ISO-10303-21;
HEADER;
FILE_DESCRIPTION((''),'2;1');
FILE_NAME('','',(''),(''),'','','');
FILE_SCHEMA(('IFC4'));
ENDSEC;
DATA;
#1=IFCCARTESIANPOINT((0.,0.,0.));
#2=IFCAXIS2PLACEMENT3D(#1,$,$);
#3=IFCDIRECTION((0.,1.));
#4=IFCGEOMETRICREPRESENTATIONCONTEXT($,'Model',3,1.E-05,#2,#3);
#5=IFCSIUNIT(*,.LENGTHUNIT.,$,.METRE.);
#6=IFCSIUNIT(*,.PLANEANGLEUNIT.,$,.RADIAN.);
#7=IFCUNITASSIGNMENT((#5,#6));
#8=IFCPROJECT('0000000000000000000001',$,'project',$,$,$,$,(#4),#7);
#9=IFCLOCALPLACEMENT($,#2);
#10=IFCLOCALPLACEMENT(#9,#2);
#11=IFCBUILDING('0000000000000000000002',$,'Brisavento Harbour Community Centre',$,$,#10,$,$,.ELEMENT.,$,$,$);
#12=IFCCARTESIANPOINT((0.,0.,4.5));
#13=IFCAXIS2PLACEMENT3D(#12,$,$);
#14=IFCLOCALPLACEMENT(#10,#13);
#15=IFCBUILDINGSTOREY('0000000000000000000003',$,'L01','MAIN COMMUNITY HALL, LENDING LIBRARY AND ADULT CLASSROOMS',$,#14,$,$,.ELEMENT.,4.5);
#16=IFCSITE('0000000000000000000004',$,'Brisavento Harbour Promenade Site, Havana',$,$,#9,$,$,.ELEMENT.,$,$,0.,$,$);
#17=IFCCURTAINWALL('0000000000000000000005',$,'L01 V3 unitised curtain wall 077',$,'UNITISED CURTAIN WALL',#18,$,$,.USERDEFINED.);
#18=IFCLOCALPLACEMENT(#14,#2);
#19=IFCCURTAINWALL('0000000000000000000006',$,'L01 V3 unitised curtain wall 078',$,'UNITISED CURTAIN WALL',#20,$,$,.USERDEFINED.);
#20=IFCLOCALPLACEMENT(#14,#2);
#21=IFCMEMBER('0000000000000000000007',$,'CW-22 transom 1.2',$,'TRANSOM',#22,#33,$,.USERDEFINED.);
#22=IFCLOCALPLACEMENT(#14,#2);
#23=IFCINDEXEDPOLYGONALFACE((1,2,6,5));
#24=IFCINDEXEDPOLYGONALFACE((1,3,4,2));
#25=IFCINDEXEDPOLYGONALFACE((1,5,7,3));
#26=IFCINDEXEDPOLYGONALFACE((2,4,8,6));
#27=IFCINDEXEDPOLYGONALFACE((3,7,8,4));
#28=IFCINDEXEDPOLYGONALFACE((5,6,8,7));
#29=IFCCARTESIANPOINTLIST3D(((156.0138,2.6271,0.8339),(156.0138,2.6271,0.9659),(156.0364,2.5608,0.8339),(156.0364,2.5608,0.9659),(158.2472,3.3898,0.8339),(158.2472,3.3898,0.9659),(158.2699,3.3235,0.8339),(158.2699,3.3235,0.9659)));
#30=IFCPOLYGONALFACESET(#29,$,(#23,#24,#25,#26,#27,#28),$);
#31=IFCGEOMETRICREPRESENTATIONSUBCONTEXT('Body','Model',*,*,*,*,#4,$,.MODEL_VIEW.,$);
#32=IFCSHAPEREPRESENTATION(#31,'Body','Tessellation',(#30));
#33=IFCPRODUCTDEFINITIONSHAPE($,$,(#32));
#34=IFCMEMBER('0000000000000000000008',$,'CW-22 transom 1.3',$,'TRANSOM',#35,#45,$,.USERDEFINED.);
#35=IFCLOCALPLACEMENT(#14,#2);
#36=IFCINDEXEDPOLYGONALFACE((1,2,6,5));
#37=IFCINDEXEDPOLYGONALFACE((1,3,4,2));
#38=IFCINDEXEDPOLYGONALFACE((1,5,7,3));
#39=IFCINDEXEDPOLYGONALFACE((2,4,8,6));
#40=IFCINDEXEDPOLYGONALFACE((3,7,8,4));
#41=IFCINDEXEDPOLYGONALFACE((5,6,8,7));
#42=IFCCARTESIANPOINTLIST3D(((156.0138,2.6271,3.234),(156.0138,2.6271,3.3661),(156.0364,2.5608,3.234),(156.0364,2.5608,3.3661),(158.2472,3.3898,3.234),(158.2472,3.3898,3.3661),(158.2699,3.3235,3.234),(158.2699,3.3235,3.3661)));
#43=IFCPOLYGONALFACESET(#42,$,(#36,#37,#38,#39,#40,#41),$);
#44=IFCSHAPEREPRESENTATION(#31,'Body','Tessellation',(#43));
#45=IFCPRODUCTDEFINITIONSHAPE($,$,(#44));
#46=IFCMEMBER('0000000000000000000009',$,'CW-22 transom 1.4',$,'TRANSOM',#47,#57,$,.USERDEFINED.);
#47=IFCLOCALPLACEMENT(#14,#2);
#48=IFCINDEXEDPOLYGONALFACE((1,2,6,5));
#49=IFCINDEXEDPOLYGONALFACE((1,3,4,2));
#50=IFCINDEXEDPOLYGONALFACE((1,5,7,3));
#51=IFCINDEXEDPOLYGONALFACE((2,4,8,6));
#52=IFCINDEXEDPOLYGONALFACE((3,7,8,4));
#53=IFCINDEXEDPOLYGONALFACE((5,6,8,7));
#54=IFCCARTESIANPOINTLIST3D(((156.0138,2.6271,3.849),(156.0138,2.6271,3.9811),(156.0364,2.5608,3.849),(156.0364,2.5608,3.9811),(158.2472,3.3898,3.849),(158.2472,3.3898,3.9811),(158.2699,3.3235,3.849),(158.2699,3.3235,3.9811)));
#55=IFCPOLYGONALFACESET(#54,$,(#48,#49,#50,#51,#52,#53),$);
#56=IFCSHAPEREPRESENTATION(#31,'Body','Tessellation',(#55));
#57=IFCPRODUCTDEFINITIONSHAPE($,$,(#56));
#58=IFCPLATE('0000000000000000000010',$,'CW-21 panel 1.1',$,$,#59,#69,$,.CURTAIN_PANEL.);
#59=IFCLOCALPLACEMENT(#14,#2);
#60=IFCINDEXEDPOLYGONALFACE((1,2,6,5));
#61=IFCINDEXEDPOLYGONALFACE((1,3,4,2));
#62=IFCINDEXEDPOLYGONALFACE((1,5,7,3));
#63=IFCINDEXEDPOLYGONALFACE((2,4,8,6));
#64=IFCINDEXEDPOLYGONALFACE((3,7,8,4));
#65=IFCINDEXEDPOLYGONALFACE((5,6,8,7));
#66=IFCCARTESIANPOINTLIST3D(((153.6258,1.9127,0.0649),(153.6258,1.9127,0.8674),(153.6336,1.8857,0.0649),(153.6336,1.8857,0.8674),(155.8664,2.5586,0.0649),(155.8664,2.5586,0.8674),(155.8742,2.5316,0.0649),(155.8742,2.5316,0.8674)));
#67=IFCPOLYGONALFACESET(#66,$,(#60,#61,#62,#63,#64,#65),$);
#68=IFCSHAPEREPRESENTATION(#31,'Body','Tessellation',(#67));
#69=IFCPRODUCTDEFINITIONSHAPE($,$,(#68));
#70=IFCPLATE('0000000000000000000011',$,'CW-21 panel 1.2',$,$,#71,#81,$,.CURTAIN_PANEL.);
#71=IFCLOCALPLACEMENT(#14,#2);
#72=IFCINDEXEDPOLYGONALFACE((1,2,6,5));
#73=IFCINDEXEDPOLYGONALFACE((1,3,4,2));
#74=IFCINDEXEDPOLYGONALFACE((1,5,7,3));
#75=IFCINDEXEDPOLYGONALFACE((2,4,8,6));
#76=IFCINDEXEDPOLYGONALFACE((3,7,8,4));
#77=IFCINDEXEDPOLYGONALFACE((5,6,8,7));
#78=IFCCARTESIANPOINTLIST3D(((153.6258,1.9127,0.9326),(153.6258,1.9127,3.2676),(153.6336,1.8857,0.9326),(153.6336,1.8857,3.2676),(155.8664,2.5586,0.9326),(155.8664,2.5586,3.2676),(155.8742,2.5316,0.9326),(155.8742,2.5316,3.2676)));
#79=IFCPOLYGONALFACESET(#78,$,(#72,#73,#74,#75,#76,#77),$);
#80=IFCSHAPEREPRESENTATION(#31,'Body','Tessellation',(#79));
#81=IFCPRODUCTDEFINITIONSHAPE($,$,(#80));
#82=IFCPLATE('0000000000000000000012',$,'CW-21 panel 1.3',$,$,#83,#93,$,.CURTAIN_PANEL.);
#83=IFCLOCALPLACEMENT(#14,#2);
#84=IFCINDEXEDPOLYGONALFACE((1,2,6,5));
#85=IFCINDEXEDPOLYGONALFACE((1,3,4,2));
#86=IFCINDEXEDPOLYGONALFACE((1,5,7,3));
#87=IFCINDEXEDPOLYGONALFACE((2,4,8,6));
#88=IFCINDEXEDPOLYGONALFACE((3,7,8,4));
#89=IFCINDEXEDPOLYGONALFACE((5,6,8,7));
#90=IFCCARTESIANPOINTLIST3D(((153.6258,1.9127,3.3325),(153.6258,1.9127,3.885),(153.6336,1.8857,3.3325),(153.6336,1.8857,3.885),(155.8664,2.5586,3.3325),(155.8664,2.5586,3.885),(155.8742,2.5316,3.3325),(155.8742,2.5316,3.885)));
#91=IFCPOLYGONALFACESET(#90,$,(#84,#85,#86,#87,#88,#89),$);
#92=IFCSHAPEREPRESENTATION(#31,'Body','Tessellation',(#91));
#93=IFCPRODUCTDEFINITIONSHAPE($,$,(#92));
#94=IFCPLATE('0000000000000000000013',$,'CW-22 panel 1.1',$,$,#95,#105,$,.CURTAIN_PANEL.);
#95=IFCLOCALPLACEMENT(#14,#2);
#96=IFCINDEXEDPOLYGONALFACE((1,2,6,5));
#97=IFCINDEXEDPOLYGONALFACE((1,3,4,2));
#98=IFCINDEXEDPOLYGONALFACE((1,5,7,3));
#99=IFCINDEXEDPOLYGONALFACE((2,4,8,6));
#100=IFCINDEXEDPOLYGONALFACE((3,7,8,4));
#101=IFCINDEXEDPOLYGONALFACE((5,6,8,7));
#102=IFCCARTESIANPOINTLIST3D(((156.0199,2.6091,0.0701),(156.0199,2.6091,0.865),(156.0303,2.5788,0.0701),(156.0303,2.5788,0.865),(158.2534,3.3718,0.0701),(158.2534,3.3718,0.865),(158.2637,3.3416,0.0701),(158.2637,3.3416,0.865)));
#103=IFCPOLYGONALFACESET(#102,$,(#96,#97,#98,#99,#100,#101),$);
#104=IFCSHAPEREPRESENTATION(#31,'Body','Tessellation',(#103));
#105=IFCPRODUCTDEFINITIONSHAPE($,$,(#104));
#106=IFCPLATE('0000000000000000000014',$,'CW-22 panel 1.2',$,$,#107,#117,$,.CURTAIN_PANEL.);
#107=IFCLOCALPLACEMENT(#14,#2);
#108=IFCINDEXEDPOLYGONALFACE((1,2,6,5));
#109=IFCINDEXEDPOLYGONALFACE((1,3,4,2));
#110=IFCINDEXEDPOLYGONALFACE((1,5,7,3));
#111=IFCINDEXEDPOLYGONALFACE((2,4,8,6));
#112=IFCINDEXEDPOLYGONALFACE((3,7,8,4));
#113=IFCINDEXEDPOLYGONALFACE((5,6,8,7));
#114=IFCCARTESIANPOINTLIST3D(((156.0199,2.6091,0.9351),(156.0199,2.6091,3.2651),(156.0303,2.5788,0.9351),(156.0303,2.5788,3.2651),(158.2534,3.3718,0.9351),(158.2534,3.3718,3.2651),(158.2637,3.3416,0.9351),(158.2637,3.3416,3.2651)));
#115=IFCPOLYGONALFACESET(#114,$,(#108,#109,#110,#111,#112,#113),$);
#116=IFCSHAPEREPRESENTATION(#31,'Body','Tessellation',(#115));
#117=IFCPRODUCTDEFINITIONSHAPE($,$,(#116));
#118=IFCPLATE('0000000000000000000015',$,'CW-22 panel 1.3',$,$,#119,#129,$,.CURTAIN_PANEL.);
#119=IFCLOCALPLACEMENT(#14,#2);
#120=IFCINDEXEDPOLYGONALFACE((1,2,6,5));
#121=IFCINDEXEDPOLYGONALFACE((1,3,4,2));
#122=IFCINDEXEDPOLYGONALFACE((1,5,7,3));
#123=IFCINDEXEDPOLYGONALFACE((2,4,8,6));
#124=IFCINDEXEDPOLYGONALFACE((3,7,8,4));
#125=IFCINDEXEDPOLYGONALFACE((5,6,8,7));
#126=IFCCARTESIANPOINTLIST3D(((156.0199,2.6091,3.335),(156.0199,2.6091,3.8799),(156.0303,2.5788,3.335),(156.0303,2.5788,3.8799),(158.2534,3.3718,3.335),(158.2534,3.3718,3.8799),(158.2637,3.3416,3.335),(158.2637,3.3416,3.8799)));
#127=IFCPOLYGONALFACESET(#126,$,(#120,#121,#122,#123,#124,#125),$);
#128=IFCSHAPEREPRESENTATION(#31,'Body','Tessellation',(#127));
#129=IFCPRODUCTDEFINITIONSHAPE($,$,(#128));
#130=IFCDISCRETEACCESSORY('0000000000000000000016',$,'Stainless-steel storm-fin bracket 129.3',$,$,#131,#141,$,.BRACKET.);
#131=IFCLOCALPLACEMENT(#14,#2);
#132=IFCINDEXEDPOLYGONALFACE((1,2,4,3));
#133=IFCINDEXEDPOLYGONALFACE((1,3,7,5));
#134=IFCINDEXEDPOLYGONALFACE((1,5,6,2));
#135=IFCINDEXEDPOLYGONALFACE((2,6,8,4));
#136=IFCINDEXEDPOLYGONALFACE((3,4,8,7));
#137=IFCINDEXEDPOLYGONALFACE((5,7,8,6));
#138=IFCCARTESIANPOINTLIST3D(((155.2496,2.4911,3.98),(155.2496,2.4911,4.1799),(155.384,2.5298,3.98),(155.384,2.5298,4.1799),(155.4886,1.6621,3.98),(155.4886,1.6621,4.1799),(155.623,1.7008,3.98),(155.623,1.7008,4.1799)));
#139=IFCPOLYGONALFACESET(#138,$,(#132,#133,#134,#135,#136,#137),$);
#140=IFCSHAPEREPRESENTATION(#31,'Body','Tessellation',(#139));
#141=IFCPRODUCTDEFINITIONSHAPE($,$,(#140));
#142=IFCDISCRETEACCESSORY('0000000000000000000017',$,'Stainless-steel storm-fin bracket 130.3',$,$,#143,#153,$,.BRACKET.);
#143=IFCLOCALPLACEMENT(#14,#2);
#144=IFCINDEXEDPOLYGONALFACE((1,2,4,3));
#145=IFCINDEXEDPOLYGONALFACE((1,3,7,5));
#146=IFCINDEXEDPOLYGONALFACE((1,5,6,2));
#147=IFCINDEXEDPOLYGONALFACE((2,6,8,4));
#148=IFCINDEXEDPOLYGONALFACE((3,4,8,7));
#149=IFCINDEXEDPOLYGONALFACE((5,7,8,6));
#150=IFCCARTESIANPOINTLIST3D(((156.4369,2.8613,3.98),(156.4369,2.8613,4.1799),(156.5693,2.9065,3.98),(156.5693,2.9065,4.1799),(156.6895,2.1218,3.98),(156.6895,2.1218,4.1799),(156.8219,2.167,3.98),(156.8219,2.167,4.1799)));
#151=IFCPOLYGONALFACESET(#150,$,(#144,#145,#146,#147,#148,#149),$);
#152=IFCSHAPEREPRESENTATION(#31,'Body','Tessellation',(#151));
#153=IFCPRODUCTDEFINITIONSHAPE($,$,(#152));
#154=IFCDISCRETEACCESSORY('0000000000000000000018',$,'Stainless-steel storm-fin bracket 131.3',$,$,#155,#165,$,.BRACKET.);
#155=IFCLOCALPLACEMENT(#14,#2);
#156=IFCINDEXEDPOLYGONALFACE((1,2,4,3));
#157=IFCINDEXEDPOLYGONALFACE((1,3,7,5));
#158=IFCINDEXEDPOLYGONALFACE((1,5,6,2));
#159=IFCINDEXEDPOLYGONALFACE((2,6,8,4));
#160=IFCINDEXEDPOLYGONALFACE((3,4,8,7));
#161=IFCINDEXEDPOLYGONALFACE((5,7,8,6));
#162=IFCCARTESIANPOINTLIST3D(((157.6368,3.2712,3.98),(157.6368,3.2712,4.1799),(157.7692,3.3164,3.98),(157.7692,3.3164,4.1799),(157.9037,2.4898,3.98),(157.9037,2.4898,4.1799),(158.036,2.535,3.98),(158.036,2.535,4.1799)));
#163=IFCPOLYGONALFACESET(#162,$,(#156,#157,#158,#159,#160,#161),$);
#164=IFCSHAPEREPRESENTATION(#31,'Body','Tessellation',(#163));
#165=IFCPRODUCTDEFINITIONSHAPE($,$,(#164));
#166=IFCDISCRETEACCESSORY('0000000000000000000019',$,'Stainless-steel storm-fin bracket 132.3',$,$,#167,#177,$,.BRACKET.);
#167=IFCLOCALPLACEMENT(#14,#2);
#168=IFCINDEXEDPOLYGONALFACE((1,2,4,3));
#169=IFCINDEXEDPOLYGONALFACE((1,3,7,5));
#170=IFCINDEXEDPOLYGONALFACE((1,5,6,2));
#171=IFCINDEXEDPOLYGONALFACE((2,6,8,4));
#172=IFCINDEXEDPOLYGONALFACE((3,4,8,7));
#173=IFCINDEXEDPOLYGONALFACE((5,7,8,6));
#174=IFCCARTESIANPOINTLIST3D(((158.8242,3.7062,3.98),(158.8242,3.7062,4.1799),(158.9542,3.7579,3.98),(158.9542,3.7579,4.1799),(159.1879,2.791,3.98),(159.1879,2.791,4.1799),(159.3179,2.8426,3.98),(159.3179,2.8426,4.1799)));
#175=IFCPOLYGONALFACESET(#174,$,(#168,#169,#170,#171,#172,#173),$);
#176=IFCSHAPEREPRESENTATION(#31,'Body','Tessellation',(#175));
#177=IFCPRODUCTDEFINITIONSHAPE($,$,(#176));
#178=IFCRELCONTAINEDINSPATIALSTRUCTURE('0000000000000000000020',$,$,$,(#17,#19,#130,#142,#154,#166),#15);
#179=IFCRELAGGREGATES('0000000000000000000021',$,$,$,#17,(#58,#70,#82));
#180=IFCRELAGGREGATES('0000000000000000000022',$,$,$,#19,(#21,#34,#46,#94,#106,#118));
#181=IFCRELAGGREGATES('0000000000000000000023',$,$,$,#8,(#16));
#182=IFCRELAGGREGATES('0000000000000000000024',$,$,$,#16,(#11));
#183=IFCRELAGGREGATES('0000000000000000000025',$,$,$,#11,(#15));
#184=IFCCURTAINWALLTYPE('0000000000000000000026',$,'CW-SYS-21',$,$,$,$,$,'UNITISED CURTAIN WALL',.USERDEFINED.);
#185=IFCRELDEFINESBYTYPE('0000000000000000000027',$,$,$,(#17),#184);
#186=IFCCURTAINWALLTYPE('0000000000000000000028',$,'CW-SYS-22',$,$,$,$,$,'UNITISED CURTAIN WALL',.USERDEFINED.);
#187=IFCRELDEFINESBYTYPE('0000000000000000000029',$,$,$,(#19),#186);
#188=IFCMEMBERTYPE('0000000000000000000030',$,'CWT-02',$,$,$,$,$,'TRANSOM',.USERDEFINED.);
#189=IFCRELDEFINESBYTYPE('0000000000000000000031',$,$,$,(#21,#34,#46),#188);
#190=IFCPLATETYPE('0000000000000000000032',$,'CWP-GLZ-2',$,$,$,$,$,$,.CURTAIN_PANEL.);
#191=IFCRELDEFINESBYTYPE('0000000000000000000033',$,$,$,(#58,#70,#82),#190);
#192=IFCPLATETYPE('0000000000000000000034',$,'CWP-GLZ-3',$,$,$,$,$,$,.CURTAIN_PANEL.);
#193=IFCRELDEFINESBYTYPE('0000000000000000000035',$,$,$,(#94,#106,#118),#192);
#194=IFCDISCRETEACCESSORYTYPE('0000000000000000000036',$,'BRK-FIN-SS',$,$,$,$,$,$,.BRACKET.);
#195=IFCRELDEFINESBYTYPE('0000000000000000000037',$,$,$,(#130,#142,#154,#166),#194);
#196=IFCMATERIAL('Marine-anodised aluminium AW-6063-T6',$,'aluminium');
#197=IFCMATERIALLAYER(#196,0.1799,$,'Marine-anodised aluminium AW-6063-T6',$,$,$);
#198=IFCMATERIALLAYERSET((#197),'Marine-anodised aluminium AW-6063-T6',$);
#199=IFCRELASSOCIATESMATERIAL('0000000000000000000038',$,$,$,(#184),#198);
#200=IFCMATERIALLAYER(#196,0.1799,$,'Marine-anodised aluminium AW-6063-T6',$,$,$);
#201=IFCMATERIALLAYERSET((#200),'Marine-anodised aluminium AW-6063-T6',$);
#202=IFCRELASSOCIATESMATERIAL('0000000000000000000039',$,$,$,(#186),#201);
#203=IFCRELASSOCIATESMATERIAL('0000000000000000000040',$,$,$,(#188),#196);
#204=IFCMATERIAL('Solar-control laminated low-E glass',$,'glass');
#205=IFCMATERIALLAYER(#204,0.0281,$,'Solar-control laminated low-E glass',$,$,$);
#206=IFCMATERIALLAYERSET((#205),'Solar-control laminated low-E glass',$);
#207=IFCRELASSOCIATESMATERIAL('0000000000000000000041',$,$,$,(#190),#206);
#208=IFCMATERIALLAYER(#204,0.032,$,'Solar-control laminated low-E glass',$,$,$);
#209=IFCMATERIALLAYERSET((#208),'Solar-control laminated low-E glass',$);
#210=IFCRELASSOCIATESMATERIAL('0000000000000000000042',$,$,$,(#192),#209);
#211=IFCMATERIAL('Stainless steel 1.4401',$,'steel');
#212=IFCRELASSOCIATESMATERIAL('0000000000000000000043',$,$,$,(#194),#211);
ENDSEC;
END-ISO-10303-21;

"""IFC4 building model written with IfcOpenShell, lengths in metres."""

from ifc_helpers import new_model, si_unit, direction, frame, origin, origin_2d, place, context, subcontext, project, spatial, rectangle, extrude, material, layer, layer_set, material_profile, profile_set, type_object, element, aggregate, save


model = new_model("IFC4")

# Units and contexts
model_context = context("Model", 3, precision=1e-05, world=origin(), true_north=direction((0.0, 1.0)))
body_context = subcontext(model_context, "Body", "Model", "MODEL_VIEW")
ifc_project = project(units=[si_unit("LENGTHUNIT", "METRE"), si_unit("PLANEANGLEUNIT", "RADIAN")], contexts=[model_context])

# Site, building, storey
site_placement = place(None, origin())
site = spatial("IfcSite", under=ifc_project, at=site_placement, Name="Brisavento Harbour Promenade Site, Havana", CompositionType="ELEMENT", RefElevation=0.0)
building_placement = place(site_placement, origin())
building = spatial("IfcBuilding", under=site, at=building_placement, Name="Brisavento Harbour Community Centre", CompositionType="ELEMENT")
storey_placement = place(building_placement, frame((0.0, 0.0, 4.5)))
storey = spatial("IfcBuildingStorey", under=building, at=storey_placement, Name="L01", Description="MAIN COMMUNITY HALL, LENDING LIBRARY AND ADULT CLASSROOMS", CompositionType="ELEMENT", Elevation=4.5)

# Curtain wall
ifc_material_1 = material(Name="Marine-anodised aluminium AW-6063-T6", Category="aluminium")
ifc_layer_1 = layer(ifc_material_1, 0.1799, Name="Marine-anodised aluminium AW-6063-T6")
ifc_layer_set_1 = layer_set([ifc_layer_1], Name="Marine-anodised aluminium AW-6063-T6")
curtain_wall_type_1 = type_object("IfcCurtainWallType", Name="CW-SYS-21", ElementType="UNITISED CURTAIN WALL", PredefinedType="USERDEFINED", material=ifc_layer_set_1)
curtain_wall_1_placement = place(storey_placement, origin())
curtain_wall_1 = element("IfcCurtainWall", 1, at=curtain_wall_1_placement, inside=storey, type_object=curtain_wall_type_1, Name="L01 V3 unitised curtain wall 077", ObjectType="UNITISED CURTAIN WALL", PredefinedType="USERDEFINED")

# Curtain wall
ifc_layer_2 = layer(ifc_material_1, 0.1799, Name="Marine-anodised aluminium AW-6063-T6")
ifc_layer_set_2 = layer_set([ifc_layer_2], Name="Marine-anodised aluminium AW-6063-T6")
curtain_wall_type_2 = type_object("IfcCurtainWallType", Name="CW-SYS-22", ElementType="UNITISED CURTAIN WALL", PredefinedType="USERDEFINED", material=ifc_layer_set_2)
curtain_wall_2_placement = place(storey_placement, origin())
curtain_wall_2 = element("IfcCurtainWall", 2, at=curtain_wall_2_placement, inside=storey, type_object=curtain_wall_type_2, Name="L01 V3 unitised curtain wall 078", ObjectType="UNITISED CURTAIN WALL", PredefinedType="USERDEFINED")

# Members
ifc_material_profile_1 = material_profile(ifc_material_1, rectangle(XDim=0.0701, YDim=0.1321, at=origin_2d()), Name="Marine-anodised aluminium AW-6063-T6")
ifc_profile_set_1 = profile_set([ifc_material_profile_1], Name="Marine-anodised aluminium AW-6063-T6")
member_type_1 = type_object("IfcMemberType", Name="CWT-02", ElementType="TRANSOM", PredefinedType="USERDEFINED", material=ifc_profile_set_1)
member_1_placement = place(storey_placement, frame((158.2585, 3.3567, 0.8999), z_axis=(-0.946341, -0.323171, 0.0), x_axis=(0.323171, -0.946341, 0.0)))
member_1 = element("IfcMember", 3, at=member_1_placement, type_object=member_type_1, Name="CW-22 transom 1.2", ObjectType="TRANSOM", PredefinedType="USERDEFINED", context=body_context, shape_type="SweptSolid", body=[
    extrude(rectangle(XDim=0.0701, YDim=0.1321, at=origin_2d()), origin(), (0.0, 0.0, 1.0), 2.3601),
])
member_2_placement = place(storey_placement, frame((158.2585, 3.3567, 3.3), z_axis=(-0.946341, -0.323171, 0.0), x_axis=(0.323171, -0.946341, 0.0)))
member_2 = element("IfcMember", 4, at=member_2_placement, type_object=member_type_1, Name="CW-22 transom 1.3", ObjectType="TRANSOM", PredefinedType="USERDEFINED", context=body_context, shape_type="SweptSolid", body=[
    extrude(rectangle(XDim=0.0701, YDim=0.1321, at=origin_2d()), origin(), (0.0, 0.0, 1.0), 2.3601),
])
member_3_placement = place(storey_placement, frame((158.2585, 3.3567, 3.915), z_axis=(-0.946341, -0.323171, 0.0), x_axis=(0.323171, -0.946341, 0.0)))
member_3 = element("IfcMember", 5, at=member_3_placement, type_object=member_type_1, Name="CW-22 transom 1.4", ObjectType="TRANSOM", PredefinedType="USERDEFINED", context=body_context, shape_type="SweptSolid", body=[
    extrude(rectangle(XDim=0.0701, YDim=0.1321, at=origin_2d()), origin(), (0.0, 0.0, 1.0), 2.3601),
])

# Plates
ifc_material_2 = material(Name="Solar-control laminated low-E glass", Category="glass")
ifc_layer_3 = layer(ifc_material_2, 0.0281, Name="Solar-control laminated low-E glass")
ifc_layer_set_3 = layer_set([ifc_layer_3], Name="Solar-control laminated low-E glass")
plate_type_1 = type_object("IfcPlateType", Name="CWP-GLZ-2", PredefinedType="CURTAIN_PANEL", material=ifc_layer_set_3)
plate_1_placement = place(storey_placement, frame((154.75, 2.2222, 0.0649), z_axis=(0.0, 0.0, 1.0), x_axis=(-0.96087, -0.277001, 0.0)))
plate_1 = element("IfcPlate", 6, at=plate_1_placement, type_object=plate_type_1, Name="CW-21 panel 1.1", PredefinedType="CURTAIN_PANEL", context=body_context, shape_type="SweptSolid", body=[
    extrude(rectangle(XDim=2.3318, YDim=0.0281, at=origin_2d()), origin(), (0.0, 0.0, 1.0), 0.8025),
])
plate_2_placement = place(storey_placement, frame((154.75, 2.2222, 0.9326), z_axis=(0.0, 0.0, 1.0), x_axis=(-0.96087, -0.277001, 0.0)))
plate_2 = element("IfcPlate", 7, at=plate_2_placement, type_object=plate_type_1, Name="CW-21 panel 1.2", PredefinedType="CURTAIN_PANEL", context=body_context, shape_type="SweptSolid", body=[
    extrude(rectangle(XDim=2.3318, YDim=0.0281, at=origin_2d()), origin(), (0.0, 0.0, 1.0), 2.335),
])
plate_3_placement = place(storey_placement, frame((154.75, 2.2222, 3.3325), z_axis=(0.0, 0.0, 1.0), x_axis=(-0.96087, -0.277001, 0.0)))
plate_3 = element("IfcPlate", 8, at=plate_3_placement, type_object=plate_type_1, Name="CW-21 panel 1.3", PredefinedType="CURTAIN_PANEL", context=body_context, shape_type="SweptSolid", body=[
    extrude(rectangle(XDim=2.3318, YDim=0.0281, at=origin_2d()), origin(), (0.0, 0.0, 1.0), 0.5525),
])
aggregate(curtain_wall_1, [plate_1, plate_2, plate_3])
ifc_layer_4 = layer(ifc_material_2, 0.032, Name="Solar-control laminated low-E glass")
ifc_layer_set_4 = layer_set([ifc_layer_4], Name="Solar-control laminated low-E glass")
plate_type_2 = type_object("IfcPlateType", Name="CWP-GLZ-3", PredefinedType="CURTAIN_PANEL", material=ifc_layer_set_4)
plate_4_placement = place(storey_placement, frame((157.1418, 2.9753, 0.0701), z_axis=(0.0, 0.0, 1.0), x_axis=(-0.946338, -0.323179, 0.0)))
plate_4 = element("IfcPlate", 9, at=plate_4_placement, type_object=plate_type_2, Name="CW-22 panel 1.1", PredefinedType="CURTAIN_PANEL", context=body_context, shape_type="SweptSolid", body=[
    extrude(rectangle(XDim=2.3601, YDim=0.032, at=origin_2d()), origin(), (0.0, 0.0, 1.0), 0.7949),
])
plate_5_placement = place(storey_placement, frame((157.1418, 2.9753, 0.9351), z_axis=(0.0, 0.0, 1.0), x_axis=(-0.946338, -0.323179, 0.0)))
plate_5 = element("IfcPlate", 10, at=plate_5_placement, type_object=plate_type_2, Name="CW-22 panel 1.2", PredefinedType="CURTAIN_PANEL", context=body_context, shape_type="SweptSolid", body=[
    extrude(rectangle(XDim=2.3601, YDim=0.032, at=origin_2d()), origin(), (0.0, 0.0, 1.0), 2.3301),
])
plate_6_placement = place(storey_placement, frame((157.1418, 2.9753, 3.335), z_axis=(0.0, 0.0, 1.0), x_axis=(-0.946338, -0.323179, 0.0)))
plate_6 = element("IfcPlate", 11, at=plate_6_placement, type_object=plate_type_2, Name="CW-22 panel 1.3", PredefinedType="CURTAIN_PANEL", context=body_context, shape_type="SweptSolid", body=[
    extrude(rectangle(XDim=2.3601, YDim=0.032, at=origin_2d()), origin(), (0.0, 0.0, 1.0), 0.5449),
])
aggregate(curtain_wall_2, [member_1, member_2, member_3, plate_4, plate_5, plate_6])

# Discrete accessories
ifc_material_3 = material(Name="Stainless steel 1.4401", Category="steel")
discrete_accessory_type = type_object("IfcDiscreteAccessoryType", Name="BRK-FIN-SS", PredefinedType="BRACKET", material=ifc_material_3)
discrete_accessory_1_placement = place(storey_placement, frame((155.4363, 2.0959, 3.98), z_axis=(0.0, 0.0, 1.0), x_axis=(0.276996, -0.960871, 0.0)))
element("IfcDiscreteAccessory", 12, at=discrete_accessory_1_placement, inside=storey, type_object=discrete_accessory_type, Name="Stainless-steel storm-fin bracket 129.3", PredefinedType="BRACKET", context=body_context, shape_type="SweptSolid", body=[
    extrude(rectangle(XDim=0.8628, YDim=0.1399, at=origin_2d()), origin(), (0.0, 0.0, 1.0), 0.2),
])
discrete_accessory_2_placement = place(storey_placement, frame((156.6294, 2.5142, 3.98), z_axis=(0.0, 0.0, 1.0), x_axis=(0.323174, -0.946339, 0.0)))
element("IfcDiscreteAccessory", 13, at=discrete_accessory_2_placement, inside=storey, type_object=discrete_accessory_type, Name="Stainless-steel storm-fin bracket 130.3", PredefinedType="BRACKET", context=body_context, shape_type="SweptSolid", body=[
    extrude(rectangle(XDim=0.7815, YDim=0.1399, at=origin_2d()), origin(), (0.0, 0.0, 1.0), 0.2),
])
discrete_accessory_3_placement = place(storey_placement, frame((157.8364, 2.9031, 3.98), z_axis=(0.0, 0.0, 1.0), x_axis=(0.323174, -0.946339, 0.0)))
element("IfcDiscreteAccessory", 14, at=discrete_accessory_3_placement, inside=storey, type_object=discrete_accessory_type, Name="Stainless-steel storm-fin bracket 131.3", PredefinedType="BRACKET", context=body_context, shape_type="SweptSolid", body=[
    extrude(rectangle(XDim=0.8257, YDim=0.1399, at=origin_2d()), origin(), (0.0, 0.0, 1.0), 0.2),
])
discrete_accessory_4_placement = place(storey_placement, frame((159.071, 3.2744, 3.98), z_axis=(0.0, 0.0, 1.0), x_axis=(0.369341, -0.929294, 0.0)))
element("IfcDiscreteAccessory", 15, at=discrete_accessory_4_placement, inside=storey, type_object=discrete_accessory_type, Name="Stainless-steel storm-fin bracket 132.3", PredefinedType="BRACKET", context=body_context, shape_type="SweptSolid", body=[
    extrude(rectangle(XDim=0.9849, YDim=0.1399, at=origin_2d()), origin(), (0.0, 0.0, 1.0), 0.2),
])

save(model, "model.ifc")
